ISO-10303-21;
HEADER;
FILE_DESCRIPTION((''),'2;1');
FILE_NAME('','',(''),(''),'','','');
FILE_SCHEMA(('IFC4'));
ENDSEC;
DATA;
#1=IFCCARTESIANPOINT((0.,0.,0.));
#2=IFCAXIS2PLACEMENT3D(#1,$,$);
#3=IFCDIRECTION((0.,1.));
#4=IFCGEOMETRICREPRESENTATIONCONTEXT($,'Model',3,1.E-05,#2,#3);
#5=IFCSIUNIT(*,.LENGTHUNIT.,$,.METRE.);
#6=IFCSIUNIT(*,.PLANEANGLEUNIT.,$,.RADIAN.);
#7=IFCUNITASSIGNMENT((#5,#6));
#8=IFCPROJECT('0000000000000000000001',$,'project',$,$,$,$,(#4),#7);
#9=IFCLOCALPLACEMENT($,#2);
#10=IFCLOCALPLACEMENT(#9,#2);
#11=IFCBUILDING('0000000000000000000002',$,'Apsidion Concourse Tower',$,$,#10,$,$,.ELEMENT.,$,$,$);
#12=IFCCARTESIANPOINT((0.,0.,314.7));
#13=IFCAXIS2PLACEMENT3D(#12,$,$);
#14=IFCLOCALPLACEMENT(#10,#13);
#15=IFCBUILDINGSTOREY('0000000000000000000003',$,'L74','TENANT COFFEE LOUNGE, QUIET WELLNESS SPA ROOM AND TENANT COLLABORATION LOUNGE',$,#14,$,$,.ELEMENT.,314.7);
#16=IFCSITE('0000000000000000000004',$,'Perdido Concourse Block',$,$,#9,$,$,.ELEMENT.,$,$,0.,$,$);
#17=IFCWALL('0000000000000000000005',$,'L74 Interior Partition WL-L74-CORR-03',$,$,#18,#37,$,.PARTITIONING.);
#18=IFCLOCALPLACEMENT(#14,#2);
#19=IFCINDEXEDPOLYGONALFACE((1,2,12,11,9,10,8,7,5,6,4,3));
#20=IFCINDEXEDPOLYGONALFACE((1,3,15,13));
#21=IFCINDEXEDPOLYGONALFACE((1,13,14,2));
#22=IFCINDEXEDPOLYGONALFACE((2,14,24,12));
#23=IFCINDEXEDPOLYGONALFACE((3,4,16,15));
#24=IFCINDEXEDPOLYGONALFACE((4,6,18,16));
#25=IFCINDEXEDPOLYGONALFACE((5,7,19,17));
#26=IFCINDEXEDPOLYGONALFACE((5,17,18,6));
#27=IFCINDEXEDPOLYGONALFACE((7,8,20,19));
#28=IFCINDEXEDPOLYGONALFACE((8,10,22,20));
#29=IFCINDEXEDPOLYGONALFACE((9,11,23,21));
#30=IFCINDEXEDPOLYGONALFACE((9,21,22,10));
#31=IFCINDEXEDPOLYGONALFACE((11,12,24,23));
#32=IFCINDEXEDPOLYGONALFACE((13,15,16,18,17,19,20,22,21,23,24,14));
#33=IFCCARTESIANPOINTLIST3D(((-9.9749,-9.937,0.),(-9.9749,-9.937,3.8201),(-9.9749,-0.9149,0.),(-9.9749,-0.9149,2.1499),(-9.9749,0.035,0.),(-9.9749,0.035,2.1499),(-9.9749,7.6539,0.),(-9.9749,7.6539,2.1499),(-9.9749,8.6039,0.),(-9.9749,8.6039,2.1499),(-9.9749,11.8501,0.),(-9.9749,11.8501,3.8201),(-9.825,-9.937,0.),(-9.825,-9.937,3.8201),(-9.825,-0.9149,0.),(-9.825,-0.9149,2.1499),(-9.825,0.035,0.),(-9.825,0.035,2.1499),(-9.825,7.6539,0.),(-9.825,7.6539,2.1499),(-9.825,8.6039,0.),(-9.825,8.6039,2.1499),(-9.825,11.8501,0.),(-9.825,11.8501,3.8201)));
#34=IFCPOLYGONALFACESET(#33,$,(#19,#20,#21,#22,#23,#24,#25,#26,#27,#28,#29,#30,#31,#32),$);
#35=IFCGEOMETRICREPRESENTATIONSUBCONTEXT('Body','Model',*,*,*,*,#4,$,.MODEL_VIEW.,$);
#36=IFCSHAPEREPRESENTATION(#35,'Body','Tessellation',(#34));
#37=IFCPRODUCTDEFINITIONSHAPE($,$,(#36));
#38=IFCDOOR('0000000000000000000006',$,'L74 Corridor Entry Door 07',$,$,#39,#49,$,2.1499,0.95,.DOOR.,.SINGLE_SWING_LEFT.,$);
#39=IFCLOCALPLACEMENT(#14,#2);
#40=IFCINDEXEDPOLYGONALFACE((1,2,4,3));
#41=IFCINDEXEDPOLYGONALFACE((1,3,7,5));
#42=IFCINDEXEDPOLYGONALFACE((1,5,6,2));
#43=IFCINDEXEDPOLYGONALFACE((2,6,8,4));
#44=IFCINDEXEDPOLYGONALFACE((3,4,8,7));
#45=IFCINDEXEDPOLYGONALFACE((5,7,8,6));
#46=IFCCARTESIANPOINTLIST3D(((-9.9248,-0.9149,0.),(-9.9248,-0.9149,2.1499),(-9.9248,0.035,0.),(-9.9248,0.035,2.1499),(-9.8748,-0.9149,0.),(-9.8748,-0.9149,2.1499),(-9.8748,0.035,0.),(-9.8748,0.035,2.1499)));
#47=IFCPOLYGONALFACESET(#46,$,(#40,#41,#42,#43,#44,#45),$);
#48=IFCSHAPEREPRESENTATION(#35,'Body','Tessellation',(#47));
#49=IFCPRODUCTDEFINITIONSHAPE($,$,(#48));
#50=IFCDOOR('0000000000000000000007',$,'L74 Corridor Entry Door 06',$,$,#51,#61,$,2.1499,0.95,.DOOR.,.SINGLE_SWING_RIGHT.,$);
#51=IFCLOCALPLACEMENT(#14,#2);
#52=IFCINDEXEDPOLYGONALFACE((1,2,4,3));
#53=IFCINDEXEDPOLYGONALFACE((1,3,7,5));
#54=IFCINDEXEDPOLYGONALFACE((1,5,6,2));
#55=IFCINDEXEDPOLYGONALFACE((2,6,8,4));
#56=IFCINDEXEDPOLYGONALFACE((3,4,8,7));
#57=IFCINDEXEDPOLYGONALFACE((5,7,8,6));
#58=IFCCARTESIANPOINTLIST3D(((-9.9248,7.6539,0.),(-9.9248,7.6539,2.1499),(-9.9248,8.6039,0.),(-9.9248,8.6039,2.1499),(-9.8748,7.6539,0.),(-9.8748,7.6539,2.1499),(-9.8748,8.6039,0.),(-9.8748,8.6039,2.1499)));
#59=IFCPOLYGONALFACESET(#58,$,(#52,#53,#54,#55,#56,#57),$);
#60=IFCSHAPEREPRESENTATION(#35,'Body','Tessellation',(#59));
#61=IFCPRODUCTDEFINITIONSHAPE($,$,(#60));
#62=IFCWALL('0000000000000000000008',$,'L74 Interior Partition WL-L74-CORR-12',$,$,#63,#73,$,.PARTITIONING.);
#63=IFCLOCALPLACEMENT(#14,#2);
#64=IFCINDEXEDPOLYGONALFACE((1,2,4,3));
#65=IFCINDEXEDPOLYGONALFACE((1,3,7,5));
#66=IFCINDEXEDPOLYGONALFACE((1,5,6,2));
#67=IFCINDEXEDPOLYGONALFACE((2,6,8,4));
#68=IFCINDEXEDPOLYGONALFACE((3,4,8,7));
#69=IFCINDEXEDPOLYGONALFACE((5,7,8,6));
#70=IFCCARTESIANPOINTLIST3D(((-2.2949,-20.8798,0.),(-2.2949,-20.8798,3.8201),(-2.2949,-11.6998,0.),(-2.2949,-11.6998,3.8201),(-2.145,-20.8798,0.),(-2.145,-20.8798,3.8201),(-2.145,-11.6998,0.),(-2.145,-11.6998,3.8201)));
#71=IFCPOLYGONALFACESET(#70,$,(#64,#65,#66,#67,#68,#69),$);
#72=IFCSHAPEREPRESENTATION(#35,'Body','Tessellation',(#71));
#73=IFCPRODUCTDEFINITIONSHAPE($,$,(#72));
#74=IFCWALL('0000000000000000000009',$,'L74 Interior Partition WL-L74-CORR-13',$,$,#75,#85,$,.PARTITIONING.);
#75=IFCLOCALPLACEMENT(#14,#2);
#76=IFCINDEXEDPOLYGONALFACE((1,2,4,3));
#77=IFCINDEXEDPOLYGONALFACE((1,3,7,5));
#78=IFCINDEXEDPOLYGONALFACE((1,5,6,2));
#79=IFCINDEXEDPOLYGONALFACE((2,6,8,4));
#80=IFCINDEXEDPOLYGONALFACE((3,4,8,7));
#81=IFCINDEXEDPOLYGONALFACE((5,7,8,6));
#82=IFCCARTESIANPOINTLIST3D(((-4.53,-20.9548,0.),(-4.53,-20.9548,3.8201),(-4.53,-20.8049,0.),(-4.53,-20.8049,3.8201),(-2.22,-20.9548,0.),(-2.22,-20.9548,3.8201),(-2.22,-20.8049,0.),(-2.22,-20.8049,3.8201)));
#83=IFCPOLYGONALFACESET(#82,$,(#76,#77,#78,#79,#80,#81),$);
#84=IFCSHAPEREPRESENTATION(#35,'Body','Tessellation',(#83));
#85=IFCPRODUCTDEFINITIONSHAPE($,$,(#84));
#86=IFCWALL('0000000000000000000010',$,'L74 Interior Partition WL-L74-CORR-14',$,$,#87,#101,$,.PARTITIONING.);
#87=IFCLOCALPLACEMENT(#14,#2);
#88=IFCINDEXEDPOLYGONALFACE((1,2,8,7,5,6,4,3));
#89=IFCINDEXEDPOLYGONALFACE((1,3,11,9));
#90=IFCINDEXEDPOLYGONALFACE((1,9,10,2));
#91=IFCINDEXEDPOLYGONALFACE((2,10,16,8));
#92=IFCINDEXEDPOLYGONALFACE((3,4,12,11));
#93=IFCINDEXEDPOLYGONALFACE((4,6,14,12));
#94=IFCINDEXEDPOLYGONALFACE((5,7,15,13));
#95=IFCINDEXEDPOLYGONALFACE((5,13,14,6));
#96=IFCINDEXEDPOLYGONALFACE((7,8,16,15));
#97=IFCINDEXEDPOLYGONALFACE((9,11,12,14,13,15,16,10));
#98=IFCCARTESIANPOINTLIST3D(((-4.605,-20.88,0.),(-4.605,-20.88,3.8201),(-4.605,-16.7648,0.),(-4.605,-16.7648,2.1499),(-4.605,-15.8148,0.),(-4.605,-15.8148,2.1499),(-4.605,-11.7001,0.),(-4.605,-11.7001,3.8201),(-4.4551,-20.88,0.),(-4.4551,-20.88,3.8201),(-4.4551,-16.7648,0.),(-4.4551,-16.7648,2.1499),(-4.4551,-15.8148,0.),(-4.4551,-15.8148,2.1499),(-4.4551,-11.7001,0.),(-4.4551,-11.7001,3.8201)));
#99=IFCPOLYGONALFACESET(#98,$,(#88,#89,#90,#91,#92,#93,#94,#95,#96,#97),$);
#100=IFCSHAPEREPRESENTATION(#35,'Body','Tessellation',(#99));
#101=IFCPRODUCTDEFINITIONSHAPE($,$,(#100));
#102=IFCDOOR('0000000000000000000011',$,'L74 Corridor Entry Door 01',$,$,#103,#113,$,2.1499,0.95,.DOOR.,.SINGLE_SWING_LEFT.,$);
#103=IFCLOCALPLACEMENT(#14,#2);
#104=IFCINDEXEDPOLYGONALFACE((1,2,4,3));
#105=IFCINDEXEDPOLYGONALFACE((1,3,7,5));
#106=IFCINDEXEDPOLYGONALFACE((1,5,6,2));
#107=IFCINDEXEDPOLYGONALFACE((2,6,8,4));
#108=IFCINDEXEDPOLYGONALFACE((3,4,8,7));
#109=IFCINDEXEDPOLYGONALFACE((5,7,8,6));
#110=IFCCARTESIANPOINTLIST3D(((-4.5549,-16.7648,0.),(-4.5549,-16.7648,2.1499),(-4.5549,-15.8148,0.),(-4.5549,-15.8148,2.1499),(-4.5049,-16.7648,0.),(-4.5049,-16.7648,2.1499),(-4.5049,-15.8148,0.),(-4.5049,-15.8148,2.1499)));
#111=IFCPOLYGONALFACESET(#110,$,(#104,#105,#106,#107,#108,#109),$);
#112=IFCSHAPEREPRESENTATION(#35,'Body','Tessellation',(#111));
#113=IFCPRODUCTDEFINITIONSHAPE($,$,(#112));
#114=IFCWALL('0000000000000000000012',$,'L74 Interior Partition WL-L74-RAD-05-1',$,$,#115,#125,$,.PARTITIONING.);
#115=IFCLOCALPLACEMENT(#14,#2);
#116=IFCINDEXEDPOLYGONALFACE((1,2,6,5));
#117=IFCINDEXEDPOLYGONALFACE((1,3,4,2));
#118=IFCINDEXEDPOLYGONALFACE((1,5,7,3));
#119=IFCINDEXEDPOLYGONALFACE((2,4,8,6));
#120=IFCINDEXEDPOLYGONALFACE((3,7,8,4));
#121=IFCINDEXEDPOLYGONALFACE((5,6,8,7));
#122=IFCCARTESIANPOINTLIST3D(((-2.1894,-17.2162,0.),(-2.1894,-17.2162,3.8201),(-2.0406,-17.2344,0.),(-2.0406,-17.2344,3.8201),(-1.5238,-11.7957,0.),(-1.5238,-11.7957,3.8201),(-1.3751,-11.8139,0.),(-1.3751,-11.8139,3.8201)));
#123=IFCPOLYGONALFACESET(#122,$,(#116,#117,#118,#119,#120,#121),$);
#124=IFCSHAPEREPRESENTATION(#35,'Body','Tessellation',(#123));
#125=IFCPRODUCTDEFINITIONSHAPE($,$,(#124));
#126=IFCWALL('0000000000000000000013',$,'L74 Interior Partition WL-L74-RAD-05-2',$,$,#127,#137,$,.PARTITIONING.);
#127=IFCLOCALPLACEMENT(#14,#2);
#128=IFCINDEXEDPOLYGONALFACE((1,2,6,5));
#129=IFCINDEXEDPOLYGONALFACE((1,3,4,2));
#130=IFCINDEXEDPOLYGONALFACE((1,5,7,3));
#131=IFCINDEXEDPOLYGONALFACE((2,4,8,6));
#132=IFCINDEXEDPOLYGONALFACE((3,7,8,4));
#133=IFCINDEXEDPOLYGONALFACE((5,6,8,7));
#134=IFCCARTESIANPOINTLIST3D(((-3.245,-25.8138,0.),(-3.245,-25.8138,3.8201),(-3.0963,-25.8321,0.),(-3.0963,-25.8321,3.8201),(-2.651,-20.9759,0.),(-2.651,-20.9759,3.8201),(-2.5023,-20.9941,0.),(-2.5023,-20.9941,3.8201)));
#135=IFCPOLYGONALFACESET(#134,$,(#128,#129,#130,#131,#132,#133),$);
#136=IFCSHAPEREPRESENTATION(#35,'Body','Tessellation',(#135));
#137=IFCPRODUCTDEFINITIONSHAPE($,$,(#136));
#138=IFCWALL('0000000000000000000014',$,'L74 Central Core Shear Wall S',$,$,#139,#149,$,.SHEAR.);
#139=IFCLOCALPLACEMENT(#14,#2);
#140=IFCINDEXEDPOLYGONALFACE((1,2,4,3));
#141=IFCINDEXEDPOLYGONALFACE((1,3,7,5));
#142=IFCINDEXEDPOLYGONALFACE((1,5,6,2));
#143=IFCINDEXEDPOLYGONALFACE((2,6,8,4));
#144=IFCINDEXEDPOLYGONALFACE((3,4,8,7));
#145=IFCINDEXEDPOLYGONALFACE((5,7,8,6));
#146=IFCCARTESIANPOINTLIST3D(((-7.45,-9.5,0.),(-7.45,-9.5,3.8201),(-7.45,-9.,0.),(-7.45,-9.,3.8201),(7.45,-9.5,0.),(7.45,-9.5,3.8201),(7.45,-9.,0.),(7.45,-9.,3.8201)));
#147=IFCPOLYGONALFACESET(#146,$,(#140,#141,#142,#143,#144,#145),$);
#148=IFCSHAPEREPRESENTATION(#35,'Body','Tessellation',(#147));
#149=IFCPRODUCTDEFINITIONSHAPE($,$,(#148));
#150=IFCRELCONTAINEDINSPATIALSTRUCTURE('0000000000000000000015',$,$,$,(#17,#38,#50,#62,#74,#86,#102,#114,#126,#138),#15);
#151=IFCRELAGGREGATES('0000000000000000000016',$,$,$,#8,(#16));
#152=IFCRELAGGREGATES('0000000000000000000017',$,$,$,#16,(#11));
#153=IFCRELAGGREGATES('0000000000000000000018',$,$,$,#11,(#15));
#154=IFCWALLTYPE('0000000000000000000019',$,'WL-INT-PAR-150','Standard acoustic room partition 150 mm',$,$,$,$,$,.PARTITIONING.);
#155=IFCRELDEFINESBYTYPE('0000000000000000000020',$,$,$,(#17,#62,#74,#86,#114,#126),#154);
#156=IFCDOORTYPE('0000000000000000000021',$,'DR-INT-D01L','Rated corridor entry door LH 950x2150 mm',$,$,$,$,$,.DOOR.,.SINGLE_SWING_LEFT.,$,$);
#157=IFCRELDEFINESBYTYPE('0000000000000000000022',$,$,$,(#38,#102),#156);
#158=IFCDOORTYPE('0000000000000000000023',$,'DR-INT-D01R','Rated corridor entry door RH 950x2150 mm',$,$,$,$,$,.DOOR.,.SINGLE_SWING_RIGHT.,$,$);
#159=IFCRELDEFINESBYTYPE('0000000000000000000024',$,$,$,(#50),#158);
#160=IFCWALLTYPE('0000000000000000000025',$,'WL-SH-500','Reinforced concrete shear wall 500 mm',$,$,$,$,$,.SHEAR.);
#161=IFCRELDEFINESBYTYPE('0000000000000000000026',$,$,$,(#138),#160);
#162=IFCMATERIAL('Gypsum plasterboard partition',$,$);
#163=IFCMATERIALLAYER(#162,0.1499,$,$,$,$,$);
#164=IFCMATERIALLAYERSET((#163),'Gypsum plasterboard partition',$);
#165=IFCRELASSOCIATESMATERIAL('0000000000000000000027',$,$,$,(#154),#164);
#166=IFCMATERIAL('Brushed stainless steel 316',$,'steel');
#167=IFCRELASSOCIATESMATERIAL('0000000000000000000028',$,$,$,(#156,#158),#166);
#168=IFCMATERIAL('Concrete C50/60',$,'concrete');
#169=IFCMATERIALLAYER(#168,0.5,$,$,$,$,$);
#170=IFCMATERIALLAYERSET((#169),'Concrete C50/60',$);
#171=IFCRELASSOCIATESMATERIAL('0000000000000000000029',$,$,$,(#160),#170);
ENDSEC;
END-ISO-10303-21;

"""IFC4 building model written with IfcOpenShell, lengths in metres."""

from ifc_helpers import new_model, si_unit, direction, frame, frame_2d, origin, place, context, subcontext, project, spatial, rectangle, extrude, material, layer, layer_set, type_object, element, fill, save


model = new_model("IFC4")

# Units and contexts
model_context = context("Model", 3, precision=1e-05, world=origin(), true_north=direction((0.0, 1.0)))
body_context = subcontext(model_context, "Body", "Model", "MODEL_VIEW")
ifc_project = project(units=[si_unit("LENGTHUNIT", "METRE"), si_unit("PLANEANGLEUNIT", "RADIAN")], contexts=[model_context])

# Site, building, storey
site_placement = place(None, origin())
site = spatial("IfcSite", under=ifc_project, at=site_placement, Name="Perdido Concourse Block", CompositionType="ELEMENT", RefElevation=0.0)
building_placement = place(site_placement, origin())
building = spatial("IfcBuilding", under=site, at=building_placement, Name="Apsidion Concourse Tower", CompositionType="ELEMENT")
storey_placement = place(building_placement, frame((0.0, 0.0, 314.7)))
storey = spatial("IfcBuildingStorey", under=building, at=storey_placement, Name="L74", Description="TENANT COFFEE LOUNGE, QUIET WELLNESS SPA ROOM AND TENANT COLLABORATION LOUNGE", CompositionType="ELEMENT", Elevation=314.7)

# Shared definitions
ifc_material_1 = material(Name="Concrete C50/60", Category="concrete")

# Shared definitions
ifc_material_2 = material(Name="Gypsum plasterboard partition")
ifc_layer_1 = layer(ifc_material_2, 0.1499)
ifc_layer_set_1 = layer_set([ifc_layer_1], Name="Gypsum plasterboard partition")
wall_type_1 = type_object("IfcWallType", Name="WL-INT-PAR-150", Description="Standard acoustic room partition 150 mm", PredefinedType="PARTITIONING", material=ifc_layer_set_1)

# Wall, openings, doors
wall_1_placement = place(storey_placement, frame((-9.8999, -9.937, 0.0), z_axis=(0.0, 0.0, 1.0), x_axis=(0.0, 1.0, 0.0)))
wall_1 = element("IfcWall", 1, at=wall_1_placement, inside=storey, type_object=wall_type_1, Name="L74 Interior Partition WL-L74-CORR-03", PredefinedType="PARTITIONING", context=body_context, shape_type="SweptSolid", body=[
    extrude(rectangle(XDim=21.7871, YDim=0.1499, at=frame_2d((10.8936, 0.0))), origin(), (0.0, 0.0, 1.0), 3.8201),
])
opening_1_placement = place(wall_1_placement, frame((17.5908, 0.0, 0.0)))
opening_1 = element("IfcOpeningElement", 2, at=opening_1_placement, cuts=wall_1, PredefinedType="OPENING", context=body_context, shape_type="SweptSolid", body=[
    extrude(rectangle(XDim=0.95, YDim=2.1499, at=frame_2d((0.4751, 1.075))), frame((0.0, 0.085, 0.0), z_axis=(0.0, -1.0, 0.0), x_axis=(1.0, 0.0, 0.0)), (0.0, 0.0, 1.0), 0.1699),
])
opening_2_placement = place(wall_1_placement, frame((9.022, 0.0, 0.0)))
opening_2 = element("IfcOpeningElement", 3, at=opening_2_placement, cuts=wall_1, PredefinedType="OPENING", context=body_context, shape_type="SweptSolid", body=[
    extrude(rectangle(XDim=0.95, YDim=2.1499, at=frame_2d((0.4751, 1.075))), frame((0.0, 0.085, 0.0), z_axis=(0.0, -1.0, 0.0), x_axis=(1.0, 0.0, 0.0)), (0.0, 0.0, 1.0), 0.1699),
])
ifc_material_3 = material(Name="Brushed stainless steel 316", Category="steel")
door_type_1 = type_object("IfcDoorType", Name="DR-INT-D01L", Description="Rated corridor entry door LH 950x2150 mm", OperationType="SINGLE_SWING_LEFT", PredefinedType="DOOR", material=ifc_material_3)
door_1_placement = place(opening_2_placement, origin())
door_1 = element("IfcDoor", 4, at=door_1_placement, inside=storey, type_object=door_type_1, Name="L74 Corridor Entry Door 07", OperationType="SINGLE_SWING_LEFT", OverallHeight=2.1499, OverallWidth=0.95, PredefinedType="DOOR", context=body_context, shape_type="SweptSolid", body=[
    extrude(rectangle(XDim=0.95, YDim=2.1499, at=frame_2d((0.4751, 1.075))), frame((0.0, 0.0249, 0.0), z_axis=(0.0, -1.0, 0.0), x_axis=(1.0, 0.0, 0.0)), (0.0, 0.0, 1.0), 0.05),
])
fill(opening_2, door_1)
door_type_2 = type_object("IfcDoorType", Name="DR-INT-D01R", Description="Rated corridor entry door RH 950x2150 mm", OperationType="SINGLE_SWING_RIGHT", PredefinedType="DOOR", material=ifc_material_3)
door_2_placement = place(opening_1_placement, origin())
door_2 = element("IfcDoor", 5, at=door_2_placement, inside=storey, type_object=door_type_2, Name="L74 Corridor Entry Door 06", OperationType="SINGLE_SWING_RIGHT", OverallHeight=2.1499, OverallWidth=0.95, PredefinedType="DOOR", context=body_context, shape_type="SweptSolid", body=[
    extrude(rectangle(XDim=0.95, YDim=2.1499, at=frame_2d((0.4751, 1.075))), frame((0.0, 0.0249, 0.0), z_axis=(0.0, -1.0, 0.0), x_axis=(1.0, 0.0, 0.0)), (0.0, 0.0, 1.0), 0.05),
])
fill(opening_1, door_2)

# Walls
wall_2_placement = place(storey_placement, frame((-2.22, -11.7, 0.0), z_axis=(0.0, 0.0, 1.0), x_axis=(0.0, -1.0, 0.0)))
element("IfcWall", 6, at=wall_2_placement, inside=storey, type_object=wall_type_1, Name="L74 Interior Partition WL-L74-CORR-12", PredefinedType="PARTITIONING", context=body_context, shape_type="SweptSolid", body=[
    extrude(rectangle(XDim=9.1799, YDim=0.1499, at=frame_2d((4.5898, 0.0))), origin(), (0.0, 0.0, 1.0), 3.8201),
])
wall_3_placement = place(storey_placement, frame((-2.22, -20.8799, 0.0), z_axis=(0.0, 0.0, 1.0), x_axis=(-1.0, 0.0, 0.0)))
element("IfcWall", 7, at=wall_3_placement, inside=storey, type_object=wall_type_1, Name="L74 Interior Partition WL-L74-CORR-13", PredefinedType="PARTITIONING", context=body_context, shape_type="SweptSolid", body=[
    extrude(rectangle(XDim=2.3101, YDim=0.1499, at=frame_2d((1.155, 0.0))), origin(), (0.0, 0.0, 1.0), 3.8201),
])

# Wall, opening, door
wall_4_placement = place(storey_placement, frame((-4.53, -20.8799, 0.0), z_axis=(0.0, 0.0, 1.0), x_axis=(0.0, 1.0, 0.0)))
wall_4 = element("IfcWall", 8, at=wall_4_placement, inside=storey, type_object=wall_type_1, Name="L74 Interior Partition WL-L74-CORR-14", PredefinedType="PARTITIONING", context=body_context, shape_type="SweptSolid", body=[
    extrude(rectangle(XDim=9.1799, YDim=0.1499, at=frame_2d((4.5898, 0.0))), origin(), (0.0, 0.0, 1.0), 3.8201),
])
opening_3_placement = place(wall_4_placement, frame((4.115, 0.0, 0.0)))
opening_3 = element("IfcOpeningElement", 9, at=opening_3_placement, cuts=wall_4, PredefinedType="OPENING", context=body_context, shape_type="SweptSolid", body=[
    extrude(rectangle(XDim=0.95, YDim=2.1499, at=frame_2d((0.4751, 1.075))), frame((0.0, 0.085, 0.0), z_axis=(0.0, -1.0, 0.0), x_axis=(1.0, 0.0, 0.0)), (0.0, 0.0, 1.0), 0.1699),
])
door_3_placement = place(opening_3_placement, origin())
door_3 = element("IfcDoor", 10, at=door_3_placement, inside=storey, type_object=door_type_1, Name="L74 Corridor Entry Door 01", OperationType="SINGLE_SWING_LEFT", OverallHeight=2.1499, OverallWidth=0.95, PredefinedType="DOOR", context=body_context, shape_type="SweptSolid", body=[
    extrude(rectangle(XDim=0.95, YDim=2.1499, at=frame_2d((0.4751, 1.075))), frame((0.0, 0.0249, 0.0), z_axis=(0.0, -1.0, 0.0), x_axis=(1.0, 0.0, 0.0)), (0.0, 0.0, 1.0), 0.05),
])
fill(opening_3, door_3)

# Walls
wall_5_placement = place(storey_placement, frame((-1.4495, -11.8049, 0.0), z_axis=(0.0, 0.0, 1.0), x_axis=(-0.121867, -0.992546, 0.0)))
element("IfcWall", 11, at=wall_5_placement, inside=storey, type_object=wall_type_1, Name="L74 Interior Partition WL-L74-RAD-05-1", PredefinedType="PARTITIONING", context=body_context, shape_type="SweptSolid", body=[
    extrude(rectangle(XDim=5.4612, YDim=0.1499, at=frame_2d((2.7305, 0.0))), origin(), (0.0, 0.0, 1.0), 3.8201),
])
wall_6_placement = place(storey_placement, frame((-2.5767, -20.9851, 0.0), z_axis=(0.0, 0.0, 1.0), x_axis=(-0.121864, -0.992547, 0.0)))
element("IfcWall", 12, at=wall_6_placement, inside=storey, type_object=wall_type_1, Name="L74 Interior Partition WL-L74-RAD-05-2", PredefinedType="PARTITIONING", context=body_context, shape_type="SweptSolid", body=[
    extrude(rectangle(XDim=4.8743, YDim=0.1499, at=frame_2d((2.437, 0.0))), origin(), (0.0, 0.0, 1.0), 3.8201),
])
ifc_layer_2 = layer(ifc_material_1, 0.5)
ifc_layer_set_2 = layer_set([ifc_layer_2], Name="Concrete C50/60")
wall_type_2 = type_object("IfcWallType", Name="WL-SH-500", Description="Reinforced concrete shear wall 500 mm", PredefinedType="SHEAR", material=ifc_layer_set_2)
wall_7_placement = place(storey_placement, frame((-7.45, -9.25, 0.0), z_axis=(0.0, 0.0, 1.0), x_axis=(1.0, 0.0, 0.0)))
element("IfcWall", 13, at=wall_7_placement, inside=storey, type_object=wall_type_2, Name="L74 Central Core Shear Wall S", PredefinedType="SHEAR", context=body_context, shape_type="SweptSolid", body=[
    extrude(rectangle(XDim=14.8999, YDim=0.5, at=frame_2d((7.45, 0.0))), origin(), (0.0, 0.0, 1.0), 3.8201),
])

save(model, "model.ifc")
